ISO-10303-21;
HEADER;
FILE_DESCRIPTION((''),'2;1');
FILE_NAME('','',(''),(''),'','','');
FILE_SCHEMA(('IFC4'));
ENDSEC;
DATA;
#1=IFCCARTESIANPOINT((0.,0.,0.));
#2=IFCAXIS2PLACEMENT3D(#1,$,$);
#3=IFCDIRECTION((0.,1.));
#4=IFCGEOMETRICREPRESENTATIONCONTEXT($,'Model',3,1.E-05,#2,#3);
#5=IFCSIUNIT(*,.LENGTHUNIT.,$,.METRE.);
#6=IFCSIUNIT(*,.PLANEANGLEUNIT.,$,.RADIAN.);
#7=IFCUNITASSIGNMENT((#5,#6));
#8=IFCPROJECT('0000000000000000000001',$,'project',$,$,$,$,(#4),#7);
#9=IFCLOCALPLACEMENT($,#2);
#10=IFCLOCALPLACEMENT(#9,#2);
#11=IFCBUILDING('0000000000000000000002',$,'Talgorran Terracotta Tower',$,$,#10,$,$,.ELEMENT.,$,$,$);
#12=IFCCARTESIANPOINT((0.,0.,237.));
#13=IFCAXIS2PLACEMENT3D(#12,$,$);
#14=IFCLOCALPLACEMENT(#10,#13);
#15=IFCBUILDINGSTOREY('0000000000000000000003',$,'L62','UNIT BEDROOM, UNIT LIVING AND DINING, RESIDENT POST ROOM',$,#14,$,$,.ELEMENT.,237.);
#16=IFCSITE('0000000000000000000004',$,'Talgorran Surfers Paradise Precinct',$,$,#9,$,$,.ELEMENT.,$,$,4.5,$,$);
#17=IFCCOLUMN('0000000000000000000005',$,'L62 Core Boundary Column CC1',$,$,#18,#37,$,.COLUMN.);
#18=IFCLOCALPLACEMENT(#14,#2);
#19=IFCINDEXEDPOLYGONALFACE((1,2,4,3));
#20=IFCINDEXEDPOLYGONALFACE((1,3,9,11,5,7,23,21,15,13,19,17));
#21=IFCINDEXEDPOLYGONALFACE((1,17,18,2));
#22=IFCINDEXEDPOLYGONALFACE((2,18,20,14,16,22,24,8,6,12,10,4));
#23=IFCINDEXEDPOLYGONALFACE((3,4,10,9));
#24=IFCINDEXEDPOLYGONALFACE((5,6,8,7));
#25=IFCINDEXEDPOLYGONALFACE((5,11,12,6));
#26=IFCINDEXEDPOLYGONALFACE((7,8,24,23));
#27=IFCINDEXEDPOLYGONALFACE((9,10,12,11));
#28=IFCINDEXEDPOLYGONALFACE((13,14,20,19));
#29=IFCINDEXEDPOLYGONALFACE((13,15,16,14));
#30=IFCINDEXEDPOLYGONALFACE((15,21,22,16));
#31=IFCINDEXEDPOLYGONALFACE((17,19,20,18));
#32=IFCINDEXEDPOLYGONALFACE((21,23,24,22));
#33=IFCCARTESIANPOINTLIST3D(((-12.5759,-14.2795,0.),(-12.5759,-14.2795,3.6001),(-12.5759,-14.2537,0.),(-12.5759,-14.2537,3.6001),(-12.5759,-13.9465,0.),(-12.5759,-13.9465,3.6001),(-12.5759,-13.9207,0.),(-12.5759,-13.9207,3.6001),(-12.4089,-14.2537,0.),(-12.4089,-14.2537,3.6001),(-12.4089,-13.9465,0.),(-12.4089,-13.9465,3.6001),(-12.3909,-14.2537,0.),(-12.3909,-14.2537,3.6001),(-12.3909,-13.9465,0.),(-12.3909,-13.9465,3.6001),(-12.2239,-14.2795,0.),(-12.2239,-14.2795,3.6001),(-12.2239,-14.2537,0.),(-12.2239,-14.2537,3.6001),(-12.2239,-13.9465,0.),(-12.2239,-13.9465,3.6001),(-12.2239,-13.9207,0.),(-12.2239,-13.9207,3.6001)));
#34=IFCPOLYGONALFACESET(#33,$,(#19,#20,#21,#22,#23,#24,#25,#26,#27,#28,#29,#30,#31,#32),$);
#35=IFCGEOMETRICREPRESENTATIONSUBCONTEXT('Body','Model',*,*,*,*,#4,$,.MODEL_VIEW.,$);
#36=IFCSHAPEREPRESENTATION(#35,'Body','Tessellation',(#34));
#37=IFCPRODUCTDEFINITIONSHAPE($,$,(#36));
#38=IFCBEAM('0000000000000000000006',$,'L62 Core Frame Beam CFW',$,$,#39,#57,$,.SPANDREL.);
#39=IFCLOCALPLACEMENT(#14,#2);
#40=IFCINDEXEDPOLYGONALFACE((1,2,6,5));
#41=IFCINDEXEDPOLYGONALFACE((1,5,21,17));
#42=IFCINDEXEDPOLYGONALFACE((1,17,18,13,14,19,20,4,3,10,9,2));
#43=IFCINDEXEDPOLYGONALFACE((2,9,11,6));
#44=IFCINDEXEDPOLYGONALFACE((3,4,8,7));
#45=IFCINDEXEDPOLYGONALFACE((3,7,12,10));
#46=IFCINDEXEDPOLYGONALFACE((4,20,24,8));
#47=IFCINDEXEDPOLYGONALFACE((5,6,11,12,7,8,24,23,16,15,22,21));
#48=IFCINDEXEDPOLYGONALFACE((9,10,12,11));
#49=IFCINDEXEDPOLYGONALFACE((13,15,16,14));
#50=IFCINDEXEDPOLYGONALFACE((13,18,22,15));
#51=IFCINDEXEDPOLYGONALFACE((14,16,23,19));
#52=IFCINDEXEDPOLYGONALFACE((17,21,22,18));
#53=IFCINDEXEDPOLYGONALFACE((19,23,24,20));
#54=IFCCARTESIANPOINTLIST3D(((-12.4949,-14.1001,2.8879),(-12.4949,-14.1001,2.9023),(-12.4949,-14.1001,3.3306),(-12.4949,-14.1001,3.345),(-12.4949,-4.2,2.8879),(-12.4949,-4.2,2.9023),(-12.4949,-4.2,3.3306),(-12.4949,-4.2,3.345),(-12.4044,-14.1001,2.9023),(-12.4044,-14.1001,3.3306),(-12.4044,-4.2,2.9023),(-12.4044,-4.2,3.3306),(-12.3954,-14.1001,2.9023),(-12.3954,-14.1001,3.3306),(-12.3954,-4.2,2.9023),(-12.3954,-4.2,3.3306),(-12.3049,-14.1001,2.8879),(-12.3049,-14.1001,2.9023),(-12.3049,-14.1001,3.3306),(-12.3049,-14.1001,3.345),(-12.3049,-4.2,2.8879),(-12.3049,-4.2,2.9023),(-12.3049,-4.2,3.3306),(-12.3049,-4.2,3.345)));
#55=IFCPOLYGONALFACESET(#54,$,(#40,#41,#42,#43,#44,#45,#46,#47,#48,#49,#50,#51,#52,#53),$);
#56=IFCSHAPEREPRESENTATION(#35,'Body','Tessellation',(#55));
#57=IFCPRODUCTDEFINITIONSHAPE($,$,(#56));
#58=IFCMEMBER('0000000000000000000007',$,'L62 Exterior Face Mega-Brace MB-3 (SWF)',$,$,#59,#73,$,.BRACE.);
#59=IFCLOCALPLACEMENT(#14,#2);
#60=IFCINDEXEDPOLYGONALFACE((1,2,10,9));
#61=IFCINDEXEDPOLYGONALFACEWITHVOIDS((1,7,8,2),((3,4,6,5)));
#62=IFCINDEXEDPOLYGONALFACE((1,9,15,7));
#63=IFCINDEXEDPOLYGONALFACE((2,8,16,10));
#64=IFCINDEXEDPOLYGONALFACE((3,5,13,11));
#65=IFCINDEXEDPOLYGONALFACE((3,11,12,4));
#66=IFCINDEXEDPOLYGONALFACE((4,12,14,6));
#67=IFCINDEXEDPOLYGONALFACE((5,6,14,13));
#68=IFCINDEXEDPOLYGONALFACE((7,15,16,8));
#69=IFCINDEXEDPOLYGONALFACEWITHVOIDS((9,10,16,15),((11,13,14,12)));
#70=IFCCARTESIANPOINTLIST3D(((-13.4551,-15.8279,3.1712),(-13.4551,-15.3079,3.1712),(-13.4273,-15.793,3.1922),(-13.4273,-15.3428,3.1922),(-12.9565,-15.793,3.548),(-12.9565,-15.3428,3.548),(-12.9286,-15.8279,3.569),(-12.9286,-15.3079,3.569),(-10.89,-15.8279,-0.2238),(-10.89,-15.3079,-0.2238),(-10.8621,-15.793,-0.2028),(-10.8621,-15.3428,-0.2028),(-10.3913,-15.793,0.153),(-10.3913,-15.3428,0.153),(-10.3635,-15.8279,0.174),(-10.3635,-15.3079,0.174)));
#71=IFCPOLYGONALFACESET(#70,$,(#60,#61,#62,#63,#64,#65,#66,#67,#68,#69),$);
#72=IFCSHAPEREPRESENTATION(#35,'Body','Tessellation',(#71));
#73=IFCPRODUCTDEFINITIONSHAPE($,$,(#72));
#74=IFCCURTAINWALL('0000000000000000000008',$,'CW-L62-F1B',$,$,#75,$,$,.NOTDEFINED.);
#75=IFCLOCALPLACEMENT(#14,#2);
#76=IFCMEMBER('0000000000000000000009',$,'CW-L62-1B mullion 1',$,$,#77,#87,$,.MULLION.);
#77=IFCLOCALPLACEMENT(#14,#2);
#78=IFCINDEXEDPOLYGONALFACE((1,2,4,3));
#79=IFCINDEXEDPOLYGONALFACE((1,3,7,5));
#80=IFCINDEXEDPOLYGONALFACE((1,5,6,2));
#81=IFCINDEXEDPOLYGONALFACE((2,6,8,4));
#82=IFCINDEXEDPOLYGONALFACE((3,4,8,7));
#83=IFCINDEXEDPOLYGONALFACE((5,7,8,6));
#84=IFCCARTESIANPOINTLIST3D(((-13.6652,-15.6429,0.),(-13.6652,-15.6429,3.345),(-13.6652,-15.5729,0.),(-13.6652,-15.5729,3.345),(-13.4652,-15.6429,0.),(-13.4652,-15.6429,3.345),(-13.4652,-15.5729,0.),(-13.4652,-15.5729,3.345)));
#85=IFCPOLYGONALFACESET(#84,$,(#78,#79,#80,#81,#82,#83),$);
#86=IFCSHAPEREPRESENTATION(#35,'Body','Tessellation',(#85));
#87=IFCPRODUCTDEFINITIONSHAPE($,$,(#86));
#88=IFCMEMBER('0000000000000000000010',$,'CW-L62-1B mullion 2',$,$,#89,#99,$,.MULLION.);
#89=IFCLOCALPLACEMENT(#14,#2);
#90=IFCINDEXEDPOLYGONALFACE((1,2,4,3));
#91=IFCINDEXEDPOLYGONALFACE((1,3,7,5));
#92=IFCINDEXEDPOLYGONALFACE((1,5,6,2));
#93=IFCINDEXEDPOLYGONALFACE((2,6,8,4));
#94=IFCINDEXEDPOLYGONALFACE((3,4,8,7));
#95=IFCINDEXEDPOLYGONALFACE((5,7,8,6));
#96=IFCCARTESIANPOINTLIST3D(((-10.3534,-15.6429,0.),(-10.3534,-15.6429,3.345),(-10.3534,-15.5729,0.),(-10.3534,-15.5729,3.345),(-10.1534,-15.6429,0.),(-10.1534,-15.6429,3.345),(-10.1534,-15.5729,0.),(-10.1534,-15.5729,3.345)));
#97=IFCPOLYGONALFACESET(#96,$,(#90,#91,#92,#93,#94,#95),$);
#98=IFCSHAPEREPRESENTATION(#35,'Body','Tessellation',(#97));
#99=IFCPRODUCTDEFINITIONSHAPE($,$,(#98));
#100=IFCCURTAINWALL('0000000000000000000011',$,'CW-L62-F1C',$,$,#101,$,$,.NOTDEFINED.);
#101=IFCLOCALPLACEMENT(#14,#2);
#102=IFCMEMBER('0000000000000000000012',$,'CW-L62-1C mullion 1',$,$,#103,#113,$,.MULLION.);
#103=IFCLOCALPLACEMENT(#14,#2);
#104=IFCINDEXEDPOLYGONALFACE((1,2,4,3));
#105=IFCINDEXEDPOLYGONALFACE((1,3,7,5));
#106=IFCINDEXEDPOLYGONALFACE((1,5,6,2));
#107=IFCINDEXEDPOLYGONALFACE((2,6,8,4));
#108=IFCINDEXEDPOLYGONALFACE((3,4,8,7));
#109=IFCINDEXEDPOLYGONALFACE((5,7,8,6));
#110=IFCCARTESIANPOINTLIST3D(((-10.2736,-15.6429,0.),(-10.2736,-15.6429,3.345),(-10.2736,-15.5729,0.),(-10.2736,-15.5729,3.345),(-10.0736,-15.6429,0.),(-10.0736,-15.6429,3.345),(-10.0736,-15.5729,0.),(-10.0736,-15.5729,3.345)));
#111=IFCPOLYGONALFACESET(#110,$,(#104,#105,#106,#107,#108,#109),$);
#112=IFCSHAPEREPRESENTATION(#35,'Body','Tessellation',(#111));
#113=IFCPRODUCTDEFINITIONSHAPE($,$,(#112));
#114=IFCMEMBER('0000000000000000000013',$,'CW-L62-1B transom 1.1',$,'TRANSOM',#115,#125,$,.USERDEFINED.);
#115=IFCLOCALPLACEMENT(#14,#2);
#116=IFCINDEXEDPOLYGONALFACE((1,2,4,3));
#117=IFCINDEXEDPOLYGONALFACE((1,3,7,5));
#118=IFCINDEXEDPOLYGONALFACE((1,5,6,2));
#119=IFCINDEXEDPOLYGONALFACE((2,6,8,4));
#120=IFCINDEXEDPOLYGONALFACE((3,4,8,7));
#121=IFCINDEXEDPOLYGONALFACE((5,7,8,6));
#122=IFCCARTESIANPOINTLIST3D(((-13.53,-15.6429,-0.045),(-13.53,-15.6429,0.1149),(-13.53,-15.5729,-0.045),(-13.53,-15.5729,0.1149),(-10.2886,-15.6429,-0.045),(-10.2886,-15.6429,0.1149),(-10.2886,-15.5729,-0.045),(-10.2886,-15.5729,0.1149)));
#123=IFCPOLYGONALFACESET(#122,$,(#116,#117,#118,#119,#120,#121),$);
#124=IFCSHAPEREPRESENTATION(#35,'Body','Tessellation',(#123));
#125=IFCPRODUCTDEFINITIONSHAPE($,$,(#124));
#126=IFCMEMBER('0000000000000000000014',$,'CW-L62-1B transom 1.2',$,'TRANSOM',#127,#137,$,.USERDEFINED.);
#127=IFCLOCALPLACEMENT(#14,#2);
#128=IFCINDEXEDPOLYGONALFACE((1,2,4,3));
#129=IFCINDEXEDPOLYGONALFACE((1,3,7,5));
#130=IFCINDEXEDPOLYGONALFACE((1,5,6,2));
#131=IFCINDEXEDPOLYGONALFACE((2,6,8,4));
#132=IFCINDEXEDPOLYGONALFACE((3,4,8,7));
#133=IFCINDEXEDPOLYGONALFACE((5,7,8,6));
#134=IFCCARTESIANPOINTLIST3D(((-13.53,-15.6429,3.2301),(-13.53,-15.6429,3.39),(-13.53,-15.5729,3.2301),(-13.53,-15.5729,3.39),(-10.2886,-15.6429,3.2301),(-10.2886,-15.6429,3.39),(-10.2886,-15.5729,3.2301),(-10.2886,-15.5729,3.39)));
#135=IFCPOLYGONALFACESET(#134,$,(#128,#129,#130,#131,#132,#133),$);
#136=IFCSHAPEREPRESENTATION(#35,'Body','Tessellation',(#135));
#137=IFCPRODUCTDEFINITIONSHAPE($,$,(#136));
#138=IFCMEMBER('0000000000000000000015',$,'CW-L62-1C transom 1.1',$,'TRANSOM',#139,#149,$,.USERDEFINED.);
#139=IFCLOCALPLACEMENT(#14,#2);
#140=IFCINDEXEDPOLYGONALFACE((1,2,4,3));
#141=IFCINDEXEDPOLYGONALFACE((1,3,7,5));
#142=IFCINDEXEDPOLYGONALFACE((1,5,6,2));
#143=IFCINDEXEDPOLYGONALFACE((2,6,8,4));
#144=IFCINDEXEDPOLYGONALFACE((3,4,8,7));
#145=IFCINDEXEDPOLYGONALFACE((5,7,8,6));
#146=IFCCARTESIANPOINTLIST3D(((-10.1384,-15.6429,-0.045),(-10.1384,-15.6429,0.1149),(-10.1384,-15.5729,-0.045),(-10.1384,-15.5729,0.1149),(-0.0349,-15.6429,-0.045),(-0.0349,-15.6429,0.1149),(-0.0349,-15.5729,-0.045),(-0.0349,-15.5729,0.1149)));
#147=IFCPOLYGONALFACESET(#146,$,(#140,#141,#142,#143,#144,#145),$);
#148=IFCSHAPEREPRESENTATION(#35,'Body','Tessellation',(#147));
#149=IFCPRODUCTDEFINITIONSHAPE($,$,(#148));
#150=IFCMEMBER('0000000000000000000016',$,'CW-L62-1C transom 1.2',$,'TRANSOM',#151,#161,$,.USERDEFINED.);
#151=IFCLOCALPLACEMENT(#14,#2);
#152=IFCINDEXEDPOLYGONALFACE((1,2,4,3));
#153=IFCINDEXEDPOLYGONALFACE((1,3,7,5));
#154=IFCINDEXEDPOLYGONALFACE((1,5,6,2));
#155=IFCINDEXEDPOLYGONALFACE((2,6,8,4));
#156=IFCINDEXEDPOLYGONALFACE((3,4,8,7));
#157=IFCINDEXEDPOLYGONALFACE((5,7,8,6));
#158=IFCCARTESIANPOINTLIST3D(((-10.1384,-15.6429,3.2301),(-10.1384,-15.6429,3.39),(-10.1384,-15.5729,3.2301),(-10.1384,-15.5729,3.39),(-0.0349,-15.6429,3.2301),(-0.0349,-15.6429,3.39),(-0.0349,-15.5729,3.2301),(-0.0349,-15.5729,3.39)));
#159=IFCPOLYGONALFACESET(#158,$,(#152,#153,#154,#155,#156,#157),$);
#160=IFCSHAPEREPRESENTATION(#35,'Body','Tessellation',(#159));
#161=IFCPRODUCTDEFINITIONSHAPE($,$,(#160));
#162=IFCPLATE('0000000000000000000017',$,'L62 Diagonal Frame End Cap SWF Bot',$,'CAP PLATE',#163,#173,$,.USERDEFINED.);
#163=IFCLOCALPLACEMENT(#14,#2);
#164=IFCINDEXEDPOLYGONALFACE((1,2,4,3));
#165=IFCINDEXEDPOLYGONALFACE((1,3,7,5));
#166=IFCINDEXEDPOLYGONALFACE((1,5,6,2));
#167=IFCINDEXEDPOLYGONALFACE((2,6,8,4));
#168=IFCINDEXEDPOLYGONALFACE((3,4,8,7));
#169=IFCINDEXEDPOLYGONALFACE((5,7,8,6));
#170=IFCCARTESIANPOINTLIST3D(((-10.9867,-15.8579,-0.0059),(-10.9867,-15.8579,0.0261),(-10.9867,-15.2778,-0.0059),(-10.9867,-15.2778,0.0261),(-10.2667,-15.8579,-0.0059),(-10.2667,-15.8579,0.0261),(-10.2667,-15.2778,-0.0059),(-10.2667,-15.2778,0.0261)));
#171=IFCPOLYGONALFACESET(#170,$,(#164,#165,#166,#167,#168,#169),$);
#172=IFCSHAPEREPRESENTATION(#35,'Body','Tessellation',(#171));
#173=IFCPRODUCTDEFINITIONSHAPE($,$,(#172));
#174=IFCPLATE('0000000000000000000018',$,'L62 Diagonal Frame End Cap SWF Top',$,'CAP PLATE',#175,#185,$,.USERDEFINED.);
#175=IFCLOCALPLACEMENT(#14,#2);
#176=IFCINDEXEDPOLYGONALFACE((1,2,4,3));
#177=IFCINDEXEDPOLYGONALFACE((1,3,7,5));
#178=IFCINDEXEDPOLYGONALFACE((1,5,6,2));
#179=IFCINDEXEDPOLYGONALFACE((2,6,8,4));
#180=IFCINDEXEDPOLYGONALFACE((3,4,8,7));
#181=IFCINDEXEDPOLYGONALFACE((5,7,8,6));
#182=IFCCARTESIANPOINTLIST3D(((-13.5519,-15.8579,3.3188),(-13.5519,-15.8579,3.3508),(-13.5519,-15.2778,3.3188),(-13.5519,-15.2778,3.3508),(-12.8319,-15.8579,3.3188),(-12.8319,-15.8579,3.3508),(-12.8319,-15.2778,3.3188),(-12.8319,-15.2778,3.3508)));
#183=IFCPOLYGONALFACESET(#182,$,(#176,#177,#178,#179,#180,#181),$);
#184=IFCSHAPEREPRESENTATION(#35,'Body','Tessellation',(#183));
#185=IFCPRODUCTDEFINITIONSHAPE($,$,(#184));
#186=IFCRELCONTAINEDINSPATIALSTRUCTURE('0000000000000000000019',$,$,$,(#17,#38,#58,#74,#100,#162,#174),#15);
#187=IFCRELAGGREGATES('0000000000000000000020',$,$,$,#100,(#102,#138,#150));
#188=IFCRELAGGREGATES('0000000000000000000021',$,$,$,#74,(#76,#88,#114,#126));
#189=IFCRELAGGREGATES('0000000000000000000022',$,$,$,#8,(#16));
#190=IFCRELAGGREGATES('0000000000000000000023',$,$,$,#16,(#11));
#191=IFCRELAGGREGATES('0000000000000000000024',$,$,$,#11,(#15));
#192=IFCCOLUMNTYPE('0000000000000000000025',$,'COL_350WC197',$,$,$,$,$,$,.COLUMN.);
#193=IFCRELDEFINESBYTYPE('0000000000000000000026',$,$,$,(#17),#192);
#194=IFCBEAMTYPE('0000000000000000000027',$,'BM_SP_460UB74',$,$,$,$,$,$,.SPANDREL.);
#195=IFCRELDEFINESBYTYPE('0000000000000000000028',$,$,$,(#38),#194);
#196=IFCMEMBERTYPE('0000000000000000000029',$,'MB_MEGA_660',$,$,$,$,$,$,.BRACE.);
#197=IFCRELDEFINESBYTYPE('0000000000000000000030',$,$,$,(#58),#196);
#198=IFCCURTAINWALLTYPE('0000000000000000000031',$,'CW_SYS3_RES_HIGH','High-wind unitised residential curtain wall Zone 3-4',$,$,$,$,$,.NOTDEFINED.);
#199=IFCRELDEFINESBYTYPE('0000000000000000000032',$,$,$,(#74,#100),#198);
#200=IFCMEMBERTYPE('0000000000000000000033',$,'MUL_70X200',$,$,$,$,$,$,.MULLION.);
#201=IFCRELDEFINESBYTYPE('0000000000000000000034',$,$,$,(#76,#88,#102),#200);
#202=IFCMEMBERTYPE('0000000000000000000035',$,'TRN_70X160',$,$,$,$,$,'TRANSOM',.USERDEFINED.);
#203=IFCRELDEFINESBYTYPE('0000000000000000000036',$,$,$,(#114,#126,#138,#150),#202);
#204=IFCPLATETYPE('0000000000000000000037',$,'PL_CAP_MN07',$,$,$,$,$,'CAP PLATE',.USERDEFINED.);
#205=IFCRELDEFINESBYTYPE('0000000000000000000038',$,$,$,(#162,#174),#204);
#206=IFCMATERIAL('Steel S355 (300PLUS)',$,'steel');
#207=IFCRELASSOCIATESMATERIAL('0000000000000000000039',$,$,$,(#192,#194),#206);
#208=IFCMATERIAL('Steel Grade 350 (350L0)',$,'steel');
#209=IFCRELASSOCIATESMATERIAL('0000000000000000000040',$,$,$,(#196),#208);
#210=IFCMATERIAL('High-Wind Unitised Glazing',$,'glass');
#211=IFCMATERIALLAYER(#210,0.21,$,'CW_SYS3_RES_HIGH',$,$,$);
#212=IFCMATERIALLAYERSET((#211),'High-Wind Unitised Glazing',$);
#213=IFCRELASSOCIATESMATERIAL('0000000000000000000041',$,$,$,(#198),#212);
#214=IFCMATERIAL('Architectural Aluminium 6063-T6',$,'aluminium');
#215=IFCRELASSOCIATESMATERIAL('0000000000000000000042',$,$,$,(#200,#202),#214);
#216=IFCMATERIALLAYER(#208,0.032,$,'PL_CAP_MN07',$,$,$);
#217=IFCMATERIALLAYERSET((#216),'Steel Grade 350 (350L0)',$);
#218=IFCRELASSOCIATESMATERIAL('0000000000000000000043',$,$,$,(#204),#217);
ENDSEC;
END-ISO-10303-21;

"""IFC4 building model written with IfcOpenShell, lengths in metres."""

from ifc_helpers import new_model, si_unit, direction, frame, origin, origin_2d, place, context, subcontext, project, spatial, rectangle, hollow_rectangle, i_section, extrude, material, layer, layer_set, material_profile, profile_set, type_object, element, aggregate, save


model = new_model("IFC4")

# Units and contexts
model_context = context("Model", 3, precision=1e-05, world=origin(), true_north=direction((0.0, 1.0)))
body_context = subcontext(model_context, "Body", "Model", "MODEL_VIEW")
ifc_project = project(units=[si_unit("LENGTHUNIT", "METRE"), si_unit("PLANEANGLEUNIT", "RADIAN")], contexts=[model_context])

# Site, building, storey
site_placement = place(None, origin())
site = spatial("IfcSite", under=ifc_project, at=site_placement, Name="Talgorran Surfers Paradise Precinct", CompositionType="ELEMENT", RefElevation=4.5)
building_placement = place(site_placement, origin())
building = spatial("IfcBuilding", under=site, at=building_placement, Name="Talgorran Terracotta Tower", CompositionType="ELEMENT")
storey_placement = place(building_placement, frame((0.0, 0.0, 237.0)))
storey = spatial("IfcBuildingStorey", under=building, at=storey_placement, Name="L62", Description="UNIT BEDROOM, UNIT LIVING AND DINING, RESIDENT POST ROOM", CompositionType="ELEMENT", Elevation=237.0)

# Column
ifc_material_1 = material(Name="Steel S355 (300PLUS)", Category="steel")
ifc_material_profile_1 = material_profile(ifc_material_1, i_section(OverallWidth=0.3521, OverallDepth=0.3589, WebThickness=0.0181, FlangeThickness=0.0259, at=origin_2d()), Name="350WC197")
ifc_profile_set_1 = profile_set([ifc_material_profile_1], Name="Steel S355 (300PLUS)")
column_type = type_object("IfcColumnType", Name="COL_350WC197", PredefinedType="COLUMN", material=ifc_profile_set_1)
column_placement = place(storey_placement, frame((-12.3999, -14.1001, 0.0), z_axis=(0.0, 0.0, 1.0), x_axis=(1.0, 0.0, 0.0)))
element("IfcColumn", 1, at=column_placement, inside=storey, type_object=column_type, Name="L62 Core Boundary Column CC1", PredefinedType="COLUMN", context=body_context, shape_type="SweptSolid", body=[
    extrude(i_section(OverallWidth=0.3521, OverallDepth=0.3589, WebThickness=0.0181, FlangeThickness=0.0259, at=origin_2d()), origin(), (0.0, 0.0, 1.0), 3.6001),
])

# Beam
ifc_material_profile_2 = material_profile(ifc_material_1, i_section(OverallWidth=0.1899, OverallDepth=0.457, WebThickness=0.009, FlangeThickness=0.0144, at=origin_2d()), Name="460UB74.6")
ifc_profile_set_2 = profile_set([ifc_material_profile_2], Name="Steel S355 (300PLUS)")
beam_type = type_object("IfcBeamType", Name="BM_SP_460UB74", PredefinedType="SPANDREL", material=ifc_profile_set_2)
beam_placement = place(storey_placement, frame((-12.3999, -14.1001, 3.1165), z_axis=(0.0, 1.0, 0.0), x_axis=(-1.0, 0.0, 0.0)))
element("IfcBeam", 2, at=beam_placement, inside=storey, type_object=beam_type, Name="L62 Core Frame Beam CFW", PredefinedType="SPANDREL", context=body_context, shape_type="SweptSolid", body=[
    extrude(i_section(OverallWidth=0.1899, OverallDepth=0.457, WebThickness=0.009, FlangeThickness=0.0144, at=origin_2d()), origin(), (0.0, 0.0, 1.0), 9.9001),
])

# Member
ifc_material_2 = material(Name="Steel Grade 350 (350L0)", Category="steel")
ifc_material_profile_3 = material_profile(ifc_material_2, hollow_rectangle(XDim=0.52, YDim=0.6599, WallThickness=0.0349, at=origin_2d()), Name="WBOX660X520X35")
ifc_profile_set_3 = profile_set([ifc_material_profile_3], Name="Steel Grade 350 (350L0)")
member_type_1 = type_object("IfcMemberType", Name="MB_MEGA_660", PredefinedType="BRACE", material=ifc_profile_set_3)
member_1_placement = place(storey_placement, frame((-10.6267, -15.5679, -0.0249), z_axis=(-0.602842, 0.0, 0.797861), x_axis=(0.0, -1.0, 0.0)))
element("IfcMember", 3, at=member_1_placement, inside=storey, type_object=member_type_1, Name="L62 Exterior Face Mega-Brace MB-3 (SWF)", PredefinedType="BRACE", context=body_context, shape_type="SweptSolid", body=[
    extrude(hollow_rectangle(XDim=0.52, YDim=0.6599, WallThickness=0.0349, at=origin_2d()), origin(), (0.0, 0.0, 1.0), 4.2551),
])

# Curtain wall, members
ifc_material_3 = material(Name="High-Wind Unitised Glazing", Category="glass")
ifc_layer_1 = layer(ifc_material_3, 0.21, Name="CW_SYS3_RES_HIGH")
ifc_layer_set_1 = layer_set([ifc_layer_1], Name="High-Wind Unitised Glazing")
curtain_wall_type = type_object("IfcCurtainWallType", Name="CW_SYS3_RES_HIGH", Description="High-wind unitised residential curtain wall Zone 3-4", PredefinedType="NOTDEFINED", material=ifc_layer_set_1)
curtain_wall_1_placement = place(storey_placement, origin())
curtain_wall_1 = element("IfcCurtainWall", 4, at=curtain_wall_1_placement, inside=storey, type_object=curtain_wall_type, Name="CW-L62-F1B", PredefinedType="NOTDEFINED")
ifc_material_4 = material(Name="Architectural Aluminium 6063-T6", Category="aluminium")
ifc_material_profile_4 = material_profile(ifc_material_4, rectangle(XDim=0.0701, YDim=0.2, at=origin_2d()), Name="CWM70X200")
ifc_profile_set_4 = profile_set([ifc_material_profile_4], Name="Architectural Aluminium 6063-T6")
member_type_2 = type_object("IfcMemberType", Name="MUL_70X200", PredefinedType="MULLION", material=ifc_profile_set_4)
member_2_placement = place(storey_placement, frame((-13.5652, -15.6079, 0.0), z_axis=(0.0, 0.0, 1.0), x_axis=(0.0, 1.0, 0.0)))
member_2 = element("IfcMember", 5, at=member_2_placement, type_object=member_type_2, Name="CW-L62-1B mullion 1", PredefinedType="MULLION", context=body_context, shape_type="SweptSolid", body=[
    extrude(rectangle(XDim=0.0701, YDim=0.2, at=origin_2d()), origin(), (0.0, 0.0, 1.0), 3.345),
])
member_3_placement = place(storey_placement, frame((-10.2534, -15.6079, 0.0), z_axis=(0.0, 0.0, 1.0), x_axis=(0.0, 1.0, 0.0)))
member_3 = element("IfcMember", 6, at=member_3_placement, type_object=member_type_2, Name="CW-L62-1B mullion 2", PredefinedType="MULLION", context=body_context, shape_type="SweptSolid", body=[
    extrude(rectangle(XDim=0.0701, YDim=0.2, at=origin_2d()), origin(), (0.0, 0.0, 1.0), 3.345),
])

# Curtain wall, member
curtain_wall_2_placement = place(storey_placement, origin())
curtain_wall_2 = element("IfcCurtainWall", 7, at=curtain_wall_2_placement, inside=storey, type_object=curtain_wall_type, Name="CW-L62-F1C", PredefinedType="NOTDEFINED")
member_4_placement = place(storey_placement, frame((-10.1736, -15.6079, 0.0), z_axis=(0.0, 0.0, 1.0), x_axis=(0.0, 1.0, 0.0)))
member_4 = element("IfcMember", 8, at=member_4_placement, type_object=member_type_2, Name="CW-L62-1C mullion 1", PredefinedType="MULLION", context=body_context, shape_type="SweptSolid", body=[
    extrude(rectangle(XDim=0.0701, YDim=0.2, at=origin_2d()), origin(), (0.0, 0.0, 1.0), 3.345),
])

# Members
ifc_material_profile_5 = material_profile(ifc_material_4, rectangle(XDim=0.0701, YDim=0.1599, at=origin_2d()), Name="CWT70X160")
ifc_profile_set_5 = profile_set([ifc_material_profile_5], Name="Architectural Aluminium 6063-T6")
member_type_3 = type_object("IfcMemberType", Name="TRN_70X160", ElementType="TRANSOM", PredefinedType="USERDEFINED", material=ifc_profile_set_5)
member_5_placement = place(storey_placement, frame((-13.53, -15.6079, 0.0349), z_axis=(1.0, 0.0, 0.0), x_axis=(0.0, 1.0, 0.0)))
member_5 = element("IfcMember", 9, at=member_5_placement, type_object=member_type_3, Name="CW-L62-1B transom 1.1", ObjectType="TRANSOM", PredefinedType="USERDEFINED", context=body_context, shape_type="SweptSolid", body=[
    extrude(rectangle(XDim=0.0701, YDim=0.1599, at=origin_2d()), origin(), (0.0, 0.0, 1.0), 3.2415),
])
member_6_placement = place(storey_placement, frame((-13.53, -15.6079, 3.3101), z_axis=(1.0, 0.0, 0.0), x_axis=(0.0, 1.0, 0.0)))
member_6 = element("IfcMember", 10, at=member_6_placement, type_object=member_type_3, Name="CW-L62-1B transom 1.2", ObjectType="TRANSOM", PredefinedType="USERDEFINED", context=body_context, shape_type="SweptSolid", body=[
    extrude(rectangle(XDim=0.0701, YDim=0.1599, at=origin_2d()), origin(), (0.0, 0.0, 1.0), 3.2415),
])
member_7_placement = place(storey_placement, frame((-10.1384, -15.6079, 0.0349), z_axis=(1.0, 0.0, 0.0), x_axis=(0.0, 1.0, 0.0)))
member_7 = element("IfcMember", 11, at=member_7_placement, type_object=member_type_3, Name="CW-L62-1C transom 1.1", ObjectType="TRANSOM", PredefinedType="USERDEFINED", context=body_context, shape_type="SweptSolid", body=[
    extrude(rectangle(XDim=0.0701, YDim=0.1599, at=origin_2d()), origin(), (0.0, 0.0, 1.0), 10.1035),
])
member_8_placement = place(storey_placement, frame((-10.1384, -15.6079, 3.3101), z_axis=(1.0, 0.0, 0.0), x_axis=(0.0, 1.0, 0.0)))
member_8 = element("IfcMember", 12, at=member_8_placement, type_object=member_type_3, Name="CW-L62-1C transom 1.2", ObjectType="TRANSOM", PredefinedType="USERDEFINED", context=body_context, shape_type="SweptSolid", body=[
    extrude(rectangle(XDim=0.0701, YDim=0.1599, at=origin_2d()), origin(), (0.0, 0.0, 1.0), 10.1035),
])
aggregate(curtain_wall_2, [member_4, member_7, member_8])

# Plates
ifc_layer_2 = layer(ifc_material_2, 0.032, Name="PL_CAP_MN07")
ifc_layer_set_2 = layer_set([ifc_layer_2], Name="Steel Grade 350 (350L0)")
plate_type_1 = type_object("IfcPlateType", Name="PL_CAP_MN07", ElementType="CAP PLATE", PredefinedType="USERDEFINED", material=ifc_layer_set_2)
for number, where, z_axis, x_axis, name in (
    (13, (-10.6267, -15.5679, -0.0059), (0.0, 0.0, 1.0), (-1.0, 0.0, 0.0), "L62 Diagonal Frame End Cap SWF Bot"),
    (14, (-13.1919, -15.5679, 3.3188), (0.0, 0.0, 1.0), (-1.0, 0.0, 0.0), "L62 Diagonal Frame End Cap SWF Top"),
):
    element("IfcPlate", number, at=place(storey_placement, frame(where, z_axis=z_axis, x_axis=x_axis)), inside=storey, type_object=plate_type_1, Name=name, ObjectType="CAP PLATE", PredefinedType="USERDEFINED", context=body_context, shape_type="SweptSolid", body=[
        extrude(rectangle(XDim=0.72, YDim=0.5801, at=origin_2d()), origin(), (0.0, 0.0, 1.0), 0.032),
    ])

aggregate(curtain_wall_1, [member_2, member_3, member_5, member_6])

save(model, "model.ifc")
